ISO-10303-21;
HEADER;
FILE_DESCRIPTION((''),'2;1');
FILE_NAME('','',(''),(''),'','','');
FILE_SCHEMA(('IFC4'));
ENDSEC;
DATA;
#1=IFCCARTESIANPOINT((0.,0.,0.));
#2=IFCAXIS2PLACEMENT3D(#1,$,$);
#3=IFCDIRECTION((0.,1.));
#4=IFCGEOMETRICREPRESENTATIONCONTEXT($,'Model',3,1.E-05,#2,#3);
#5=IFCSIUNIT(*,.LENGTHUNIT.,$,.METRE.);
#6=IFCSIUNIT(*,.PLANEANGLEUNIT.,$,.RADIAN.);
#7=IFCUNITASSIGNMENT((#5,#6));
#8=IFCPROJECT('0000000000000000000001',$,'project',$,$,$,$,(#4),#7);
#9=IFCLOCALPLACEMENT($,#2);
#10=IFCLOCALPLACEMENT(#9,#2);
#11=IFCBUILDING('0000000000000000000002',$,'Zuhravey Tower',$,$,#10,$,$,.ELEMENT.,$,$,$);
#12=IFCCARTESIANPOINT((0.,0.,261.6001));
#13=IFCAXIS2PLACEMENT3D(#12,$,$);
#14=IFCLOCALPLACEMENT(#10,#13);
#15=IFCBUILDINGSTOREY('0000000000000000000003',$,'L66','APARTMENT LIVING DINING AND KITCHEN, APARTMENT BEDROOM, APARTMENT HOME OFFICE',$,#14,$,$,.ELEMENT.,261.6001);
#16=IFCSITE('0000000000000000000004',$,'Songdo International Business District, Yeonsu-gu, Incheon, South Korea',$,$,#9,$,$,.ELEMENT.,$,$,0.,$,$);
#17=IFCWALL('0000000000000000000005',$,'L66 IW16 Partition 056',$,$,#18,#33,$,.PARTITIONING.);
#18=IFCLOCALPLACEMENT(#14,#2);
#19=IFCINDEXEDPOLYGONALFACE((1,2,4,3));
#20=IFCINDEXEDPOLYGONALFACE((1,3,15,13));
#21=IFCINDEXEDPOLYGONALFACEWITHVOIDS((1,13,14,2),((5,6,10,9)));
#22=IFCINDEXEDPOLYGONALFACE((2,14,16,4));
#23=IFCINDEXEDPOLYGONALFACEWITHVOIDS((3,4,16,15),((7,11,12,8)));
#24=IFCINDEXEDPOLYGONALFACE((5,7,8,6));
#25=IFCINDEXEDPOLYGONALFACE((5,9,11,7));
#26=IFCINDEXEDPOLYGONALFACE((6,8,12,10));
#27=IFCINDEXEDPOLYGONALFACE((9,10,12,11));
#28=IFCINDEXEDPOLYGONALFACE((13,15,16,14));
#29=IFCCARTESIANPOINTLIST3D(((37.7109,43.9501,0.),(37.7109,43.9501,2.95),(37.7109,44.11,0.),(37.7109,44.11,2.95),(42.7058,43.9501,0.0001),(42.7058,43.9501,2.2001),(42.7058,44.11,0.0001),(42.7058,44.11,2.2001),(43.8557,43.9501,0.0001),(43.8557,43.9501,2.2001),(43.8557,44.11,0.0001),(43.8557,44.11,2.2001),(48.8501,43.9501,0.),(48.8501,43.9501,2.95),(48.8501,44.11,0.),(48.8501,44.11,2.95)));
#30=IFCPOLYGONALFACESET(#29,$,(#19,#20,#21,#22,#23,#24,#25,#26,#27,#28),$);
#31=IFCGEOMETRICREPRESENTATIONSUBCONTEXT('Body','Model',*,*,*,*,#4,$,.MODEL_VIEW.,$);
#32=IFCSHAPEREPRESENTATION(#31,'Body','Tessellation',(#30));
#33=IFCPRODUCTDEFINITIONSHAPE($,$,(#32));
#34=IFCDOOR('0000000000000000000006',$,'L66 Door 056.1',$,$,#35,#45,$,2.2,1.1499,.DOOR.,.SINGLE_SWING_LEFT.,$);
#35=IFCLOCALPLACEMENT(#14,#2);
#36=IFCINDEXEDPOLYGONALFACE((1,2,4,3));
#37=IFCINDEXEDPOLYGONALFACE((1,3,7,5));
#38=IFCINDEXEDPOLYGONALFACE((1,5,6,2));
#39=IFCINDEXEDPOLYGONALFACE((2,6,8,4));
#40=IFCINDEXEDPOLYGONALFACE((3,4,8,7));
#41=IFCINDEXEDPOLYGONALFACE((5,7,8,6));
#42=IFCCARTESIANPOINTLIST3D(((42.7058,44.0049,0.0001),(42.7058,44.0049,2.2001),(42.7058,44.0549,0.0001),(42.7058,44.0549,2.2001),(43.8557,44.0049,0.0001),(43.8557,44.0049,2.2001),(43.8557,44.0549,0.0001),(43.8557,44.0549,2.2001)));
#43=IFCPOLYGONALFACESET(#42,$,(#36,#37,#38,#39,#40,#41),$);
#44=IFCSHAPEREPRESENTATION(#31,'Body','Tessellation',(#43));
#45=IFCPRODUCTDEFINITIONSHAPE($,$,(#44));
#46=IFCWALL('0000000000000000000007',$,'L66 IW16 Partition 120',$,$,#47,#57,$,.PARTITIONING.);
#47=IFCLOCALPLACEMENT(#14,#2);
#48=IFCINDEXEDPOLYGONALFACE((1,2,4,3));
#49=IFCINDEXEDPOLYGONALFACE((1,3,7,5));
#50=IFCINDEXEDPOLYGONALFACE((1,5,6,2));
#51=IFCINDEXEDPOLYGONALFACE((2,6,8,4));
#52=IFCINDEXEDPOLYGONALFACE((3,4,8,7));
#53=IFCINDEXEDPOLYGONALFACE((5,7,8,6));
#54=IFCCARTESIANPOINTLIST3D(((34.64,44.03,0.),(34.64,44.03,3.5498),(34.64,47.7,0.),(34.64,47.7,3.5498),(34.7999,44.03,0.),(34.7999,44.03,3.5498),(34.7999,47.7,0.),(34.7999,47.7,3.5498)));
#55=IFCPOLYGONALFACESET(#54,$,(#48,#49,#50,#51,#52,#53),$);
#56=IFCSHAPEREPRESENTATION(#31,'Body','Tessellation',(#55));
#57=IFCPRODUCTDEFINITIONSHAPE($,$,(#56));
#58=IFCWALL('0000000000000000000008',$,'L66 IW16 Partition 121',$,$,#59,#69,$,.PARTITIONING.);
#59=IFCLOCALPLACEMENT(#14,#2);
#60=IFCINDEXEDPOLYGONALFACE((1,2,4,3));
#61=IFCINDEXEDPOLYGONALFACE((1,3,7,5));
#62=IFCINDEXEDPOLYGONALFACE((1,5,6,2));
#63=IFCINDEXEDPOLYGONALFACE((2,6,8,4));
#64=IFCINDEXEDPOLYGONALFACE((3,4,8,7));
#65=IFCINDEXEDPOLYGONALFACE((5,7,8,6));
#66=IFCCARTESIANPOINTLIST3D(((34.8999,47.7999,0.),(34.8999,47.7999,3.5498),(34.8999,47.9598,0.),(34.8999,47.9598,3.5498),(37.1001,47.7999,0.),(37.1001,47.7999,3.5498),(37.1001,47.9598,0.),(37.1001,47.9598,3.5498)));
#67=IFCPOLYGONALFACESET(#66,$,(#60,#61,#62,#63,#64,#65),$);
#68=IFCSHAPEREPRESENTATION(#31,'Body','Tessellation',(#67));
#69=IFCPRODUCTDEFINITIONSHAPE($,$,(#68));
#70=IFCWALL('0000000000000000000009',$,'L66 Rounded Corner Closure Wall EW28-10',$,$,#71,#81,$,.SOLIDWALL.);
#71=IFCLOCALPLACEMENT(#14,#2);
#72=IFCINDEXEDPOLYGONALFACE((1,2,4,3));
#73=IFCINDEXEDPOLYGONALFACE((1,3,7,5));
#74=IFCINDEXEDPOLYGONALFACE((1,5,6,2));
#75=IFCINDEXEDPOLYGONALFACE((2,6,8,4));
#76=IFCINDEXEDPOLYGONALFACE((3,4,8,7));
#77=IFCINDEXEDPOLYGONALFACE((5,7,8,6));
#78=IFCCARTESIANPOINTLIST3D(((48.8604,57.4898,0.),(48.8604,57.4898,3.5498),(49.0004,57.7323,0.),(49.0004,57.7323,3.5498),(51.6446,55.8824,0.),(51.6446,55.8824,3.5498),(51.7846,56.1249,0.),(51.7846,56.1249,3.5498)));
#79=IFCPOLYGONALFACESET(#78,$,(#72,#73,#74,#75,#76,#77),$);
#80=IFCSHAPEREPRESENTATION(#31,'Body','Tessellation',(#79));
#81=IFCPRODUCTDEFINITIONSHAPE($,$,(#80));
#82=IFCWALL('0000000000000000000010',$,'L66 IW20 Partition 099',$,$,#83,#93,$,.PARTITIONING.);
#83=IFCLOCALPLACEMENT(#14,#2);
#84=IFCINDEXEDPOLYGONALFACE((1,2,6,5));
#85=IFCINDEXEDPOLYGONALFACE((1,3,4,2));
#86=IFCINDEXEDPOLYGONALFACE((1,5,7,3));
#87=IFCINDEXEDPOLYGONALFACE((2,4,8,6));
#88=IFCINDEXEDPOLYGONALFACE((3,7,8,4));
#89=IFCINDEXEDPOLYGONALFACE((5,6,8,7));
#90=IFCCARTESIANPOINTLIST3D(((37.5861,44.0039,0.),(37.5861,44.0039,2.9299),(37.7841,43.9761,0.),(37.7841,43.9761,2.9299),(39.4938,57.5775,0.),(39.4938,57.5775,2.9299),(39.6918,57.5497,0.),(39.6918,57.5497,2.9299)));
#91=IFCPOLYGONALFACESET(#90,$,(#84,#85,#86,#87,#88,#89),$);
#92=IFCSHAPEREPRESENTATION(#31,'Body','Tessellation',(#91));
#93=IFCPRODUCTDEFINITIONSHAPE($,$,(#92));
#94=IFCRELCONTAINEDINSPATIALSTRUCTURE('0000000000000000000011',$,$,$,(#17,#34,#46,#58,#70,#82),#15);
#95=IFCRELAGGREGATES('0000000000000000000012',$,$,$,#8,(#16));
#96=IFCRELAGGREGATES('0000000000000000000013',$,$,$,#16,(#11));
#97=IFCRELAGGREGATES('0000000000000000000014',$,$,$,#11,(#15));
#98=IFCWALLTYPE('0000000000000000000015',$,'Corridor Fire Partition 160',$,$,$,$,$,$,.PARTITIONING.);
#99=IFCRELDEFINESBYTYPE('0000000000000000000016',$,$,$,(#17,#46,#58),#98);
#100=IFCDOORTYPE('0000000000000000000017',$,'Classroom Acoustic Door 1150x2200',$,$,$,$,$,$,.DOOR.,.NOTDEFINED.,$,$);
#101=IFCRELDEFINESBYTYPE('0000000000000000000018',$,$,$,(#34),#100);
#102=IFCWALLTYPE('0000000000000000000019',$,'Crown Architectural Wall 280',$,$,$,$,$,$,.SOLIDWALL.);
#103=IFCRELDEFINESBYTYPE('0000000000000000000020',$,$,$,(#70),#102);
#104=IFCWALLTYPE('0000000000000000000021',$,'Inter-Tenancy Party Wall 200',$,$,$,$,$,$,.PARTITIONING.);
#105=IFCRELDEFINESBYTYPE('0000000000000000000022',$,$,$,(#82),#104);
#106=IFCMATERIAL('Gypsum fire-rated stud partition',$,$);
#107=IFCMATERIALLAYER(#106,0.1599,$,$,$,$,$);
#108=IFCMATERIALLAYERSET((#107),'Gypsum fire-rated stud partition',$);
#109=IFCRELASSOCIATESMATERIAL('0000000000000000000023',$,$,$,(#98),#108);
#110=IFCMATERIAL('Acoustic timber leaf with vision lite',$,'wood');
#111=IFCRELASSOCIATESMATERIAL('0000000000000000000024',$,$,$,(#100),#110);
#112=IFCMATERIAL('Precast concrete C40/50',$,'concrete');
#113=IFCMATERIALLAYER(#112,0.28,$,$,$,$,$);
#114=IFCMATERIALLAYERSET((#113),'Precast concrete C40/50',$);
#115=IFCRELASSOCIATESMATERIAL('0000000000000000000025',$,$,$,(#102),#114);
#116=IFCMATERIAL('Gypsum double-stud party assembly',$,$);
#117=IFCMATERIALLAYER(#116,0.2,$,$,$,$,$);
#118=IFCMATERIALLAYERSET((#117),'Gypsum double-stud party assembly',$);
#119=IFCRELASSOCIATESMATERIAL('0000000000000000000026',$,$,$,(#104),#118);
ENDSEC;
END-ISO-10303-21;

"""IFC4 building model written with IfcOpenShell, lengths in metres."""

from ifc_helpers import new_model, si_unit, direction, frame, frame_2d, origin, place, context, subcontext, project, spatial, rectangle, extrude, material, layer, layer_set, type_object, element, fill, save


model = new_model("IFC4")

# Units and contexts
model_context = context("Model", 3, precision=1e-05, world=origin(), true_north=direction((0.0, 1.0)))
body_context = subcontext(model_context, "Body", "Model", "MODEL_VIEW")
ifc_project = project(units=[si_unit("LENGTHUNIT", "METRE"), si_unit("PLANEANGLEUNIT", "RADIAN")], contexts=[model_context])

# Site, building, storey
site_placement = place(None, origin())
site = spatial("IfcSite", under=ifc_project, at=site_placement, Name="Songdo International Business District, Yeonsu-gu, Incheon, South Korea", CompositionType="ELEMENT", RefElevation=0.0)
building_placement = place(site_placement, origin())
building = spatial("IfcBuilding", under=site, at=building_placement, Name="Zuhravey Tower", CompositionType="ELEMENT")
storey_placement = place(building_placement, frame((0.0, 0.0, 261.6001)))
storey = spatial("IfcBuildingStorey", under=building, at=storey_placement, Name="L66", Description="APARTMENT LIVING DINING AND KITCHEN, APARTMENT BEDROOM, APARTMENT HOME OFFICE", CompositionType="ELEMENT", Elevation=261.6001)

# Wall, opening, door
ifc_material_1 = material(Name="Gypsum fire-rated stud partition")
ifc_layer_1 = layer(ifc_material_1, 0.1599)
ifc_layer_set_1 = layer_set([ifc_layer_1], Name="Gypsum fire-rated stud partition")
wall_type_1 = type_object("IfcWallType", Name="Corridor Fire Partition 160", PredefinedType="PARTITIONING", material=ifc_layer_set_1)
wall_1_placement = place(storey_placement, frame((48.8501, 44.03, 0.0), z_axis=(0.0, 0.0, 1.0), x_axis=(-1.0, 0.0, 0.0)))
wall_1 = element("IfcWall", 1, at=wall_1_placement, inside=storey, type_object=wall_type_1, Name="L66 IW16 Partition 056", PredefinedType="PARTITIONING", context=body_context, shape_type="SweptSolid", body=[
    extrude(rectangle(XDim=11.1392, YDim=0.1599, at=frame_2d((5.5696, 0.0))), origin(), (0.0, 0.0, 1.0), 2.95),
])
opening_1_placement = place(wall_1_placement, frame((4.9944, 0.0, 0.0)))
opening_1 = element("IfcOpeningElement", 2, at=opening_1_placement, cuts=wall_1, PredefinedType="OPENING", context=body_context, shape_type="SweptSolid", body=[
    extrude(rectangle(XDim=1.1499, YDim=2.2, at=frame_2d((0.575, 1.1001))), frame((0.0, 0.092, 0.0), z_axis=(0.0, -1.0, 0.0), x_axis=(1.0, 0.0, 0.0)), (0.0, 0.0, 1.0), 0.1838),
])
ifc_material_2 = material(Name="Acoustic timber leaf with vision lite", Category="wood")
door_type_1 = type_object("IfcDoorType", Name="Classroom Acoustic Door 1150x2200", OperationType="NOTDEFINED", PredefinedType="DOOR", material=ifc_material_2)
door_1_placement = place(opening_1_placement, frame((1.1499, 0.0, 0.0), z_axis=(0.0, 0.0, 1.0), x_axis=(-1.0, 0.0, 0.0)))
door_1 = element("IfcDoor", 3, at=door_1_placement, inside=storey, type_object=door_type_1, Name="L66 Door 056.1", OperationType="SINGLE_SWING_LEFT", OverallHeight=2.2, OverallWidth=1.1499, PredefinedType="DOOR", context=body_context, shape_type="SweptSolid", body=[
    extrude(rectangle(XDim=1.1499, YDim=2.2, at=frame_2d((0.575, 1.1001))), frame((0.0, 0.0249, 0.0), z_axis=(0.0, -1.0, 0.0), x_axis=(1.0, 0.0, 0.0)), (0.0, 0.0, 1.0), 0.05),
])
fill(opening_1, door_1)

# Walls
wall_2_placement = place(storey_placement, frame((34.72, 47.7, 0.0), z_axis=(0.0, 0.0, 1.0), x_axis=(0.0, -1.0, 0.0)))
element("IfcWall", 4, at=wall_2_placement, inside=storey, type_object=wall_type_1, Name="L66 IW16 Partition 120", PredefinedType="PARTITIONING", context=body_context, shape_type="SweptSolid", body=[
    extrude(rectangle(XDim=3.6699, YDim=0.1599, at=frame_2d((1.835, 0.0))), origin(), (0.0, 0.0, 1.0), 3.5498),
])
wall_3_placement = place(storey_placement, frame((37.1001, 47.8799, 0.0), z_axis=(0.0, 0.0, 1.0), x_axis=(-1.0, 0.0, 0.0)))
element("IfcWall", 5, at=wall_3_placement, inside=storey, type_object=wall_type_1, Name="L66 IW16 Partition 121", PredefinedType="PARTITIONING", context=body_context, shape_type="SweptSolid", body=[
    extrude(rectangle(XDim=2.2002, YDim=0.1599, at=frame_2d((1.1001, 0.0))), origin(), (0.0, 0.0, 1.0), 3.5498),
])
ifc_material_3 = material(Name="Precast concrete C40/50", Category="concrete")
ifc_layer_2 = layer(ifc_material_3, 0.28)
ifc_layer_set_2 = layer_set([ifc_layer_2], Name="Precast concrete C40/50")
wall_type_2 = type_object("IfcWallType", Name="Crown Architectural Wall 280", PredefinedType="SOLIDWALL", material=ifc_layer_set_2)
wall_4_placement = place(storey_placement, frame((48.9304, 57.6111, 0.0), z_axis=(0.0, 0.0, 1.0), x_axis=(0.866029, -0.499994, 0.0)))
element("IfcWall", 6, at=wall_4_placement, inside=storey, type_object=wall_type_2, Name="L66 Rounded Corner Closure Wall EW28-10", PredefinedType="SOLIDWALL", context=body_context, shape_type="SweptSolid", body=[
    extrude(rectangle(XDim=3.2148, YDim=0.28, at=frame_2d((1.6074, 0.0))), origin(), (0.0, 0.0, 1.0), 3.5498),
])
ifc_material_4 = material(Name="Gypsum double-stud party assembly")
ifc_layer_3 = layer(ifc_material_4, 0.2)
ifc_layer_set_3 = layer_set([ifc_layer_3], Name="Gypsum double-stud party assembly")
wall_type_3 = type_object("IfcWallType", Name="Inter-Tenancy Party Wall 200", PredefinedType="PARTITIONING", material=ifc_layer_set_3)
wall_5_placement = place(storey_placement, frame((37.6851, 43.99, 0.0), z_axis=(0.0, 0.0, 1.0), x_axis=(0.139177, 0.990268, 0.0)))
element("IfcWall", 7, at=wall_5_placement, inside=storey, type_object=wall_type_3, Name="L66 IW20 Partition 099", PredefinedType="PARTITIONING", context=body_context, shape_type="SweptSolid", body=[
    extrude(rectangle(XDim=13.707, YDim=0.2, at=frame_2d((6.8535, 0.0))), origin(), (0.0, 0.0, 1.0), 2.9299),
])

save(model, "model.ifc")
